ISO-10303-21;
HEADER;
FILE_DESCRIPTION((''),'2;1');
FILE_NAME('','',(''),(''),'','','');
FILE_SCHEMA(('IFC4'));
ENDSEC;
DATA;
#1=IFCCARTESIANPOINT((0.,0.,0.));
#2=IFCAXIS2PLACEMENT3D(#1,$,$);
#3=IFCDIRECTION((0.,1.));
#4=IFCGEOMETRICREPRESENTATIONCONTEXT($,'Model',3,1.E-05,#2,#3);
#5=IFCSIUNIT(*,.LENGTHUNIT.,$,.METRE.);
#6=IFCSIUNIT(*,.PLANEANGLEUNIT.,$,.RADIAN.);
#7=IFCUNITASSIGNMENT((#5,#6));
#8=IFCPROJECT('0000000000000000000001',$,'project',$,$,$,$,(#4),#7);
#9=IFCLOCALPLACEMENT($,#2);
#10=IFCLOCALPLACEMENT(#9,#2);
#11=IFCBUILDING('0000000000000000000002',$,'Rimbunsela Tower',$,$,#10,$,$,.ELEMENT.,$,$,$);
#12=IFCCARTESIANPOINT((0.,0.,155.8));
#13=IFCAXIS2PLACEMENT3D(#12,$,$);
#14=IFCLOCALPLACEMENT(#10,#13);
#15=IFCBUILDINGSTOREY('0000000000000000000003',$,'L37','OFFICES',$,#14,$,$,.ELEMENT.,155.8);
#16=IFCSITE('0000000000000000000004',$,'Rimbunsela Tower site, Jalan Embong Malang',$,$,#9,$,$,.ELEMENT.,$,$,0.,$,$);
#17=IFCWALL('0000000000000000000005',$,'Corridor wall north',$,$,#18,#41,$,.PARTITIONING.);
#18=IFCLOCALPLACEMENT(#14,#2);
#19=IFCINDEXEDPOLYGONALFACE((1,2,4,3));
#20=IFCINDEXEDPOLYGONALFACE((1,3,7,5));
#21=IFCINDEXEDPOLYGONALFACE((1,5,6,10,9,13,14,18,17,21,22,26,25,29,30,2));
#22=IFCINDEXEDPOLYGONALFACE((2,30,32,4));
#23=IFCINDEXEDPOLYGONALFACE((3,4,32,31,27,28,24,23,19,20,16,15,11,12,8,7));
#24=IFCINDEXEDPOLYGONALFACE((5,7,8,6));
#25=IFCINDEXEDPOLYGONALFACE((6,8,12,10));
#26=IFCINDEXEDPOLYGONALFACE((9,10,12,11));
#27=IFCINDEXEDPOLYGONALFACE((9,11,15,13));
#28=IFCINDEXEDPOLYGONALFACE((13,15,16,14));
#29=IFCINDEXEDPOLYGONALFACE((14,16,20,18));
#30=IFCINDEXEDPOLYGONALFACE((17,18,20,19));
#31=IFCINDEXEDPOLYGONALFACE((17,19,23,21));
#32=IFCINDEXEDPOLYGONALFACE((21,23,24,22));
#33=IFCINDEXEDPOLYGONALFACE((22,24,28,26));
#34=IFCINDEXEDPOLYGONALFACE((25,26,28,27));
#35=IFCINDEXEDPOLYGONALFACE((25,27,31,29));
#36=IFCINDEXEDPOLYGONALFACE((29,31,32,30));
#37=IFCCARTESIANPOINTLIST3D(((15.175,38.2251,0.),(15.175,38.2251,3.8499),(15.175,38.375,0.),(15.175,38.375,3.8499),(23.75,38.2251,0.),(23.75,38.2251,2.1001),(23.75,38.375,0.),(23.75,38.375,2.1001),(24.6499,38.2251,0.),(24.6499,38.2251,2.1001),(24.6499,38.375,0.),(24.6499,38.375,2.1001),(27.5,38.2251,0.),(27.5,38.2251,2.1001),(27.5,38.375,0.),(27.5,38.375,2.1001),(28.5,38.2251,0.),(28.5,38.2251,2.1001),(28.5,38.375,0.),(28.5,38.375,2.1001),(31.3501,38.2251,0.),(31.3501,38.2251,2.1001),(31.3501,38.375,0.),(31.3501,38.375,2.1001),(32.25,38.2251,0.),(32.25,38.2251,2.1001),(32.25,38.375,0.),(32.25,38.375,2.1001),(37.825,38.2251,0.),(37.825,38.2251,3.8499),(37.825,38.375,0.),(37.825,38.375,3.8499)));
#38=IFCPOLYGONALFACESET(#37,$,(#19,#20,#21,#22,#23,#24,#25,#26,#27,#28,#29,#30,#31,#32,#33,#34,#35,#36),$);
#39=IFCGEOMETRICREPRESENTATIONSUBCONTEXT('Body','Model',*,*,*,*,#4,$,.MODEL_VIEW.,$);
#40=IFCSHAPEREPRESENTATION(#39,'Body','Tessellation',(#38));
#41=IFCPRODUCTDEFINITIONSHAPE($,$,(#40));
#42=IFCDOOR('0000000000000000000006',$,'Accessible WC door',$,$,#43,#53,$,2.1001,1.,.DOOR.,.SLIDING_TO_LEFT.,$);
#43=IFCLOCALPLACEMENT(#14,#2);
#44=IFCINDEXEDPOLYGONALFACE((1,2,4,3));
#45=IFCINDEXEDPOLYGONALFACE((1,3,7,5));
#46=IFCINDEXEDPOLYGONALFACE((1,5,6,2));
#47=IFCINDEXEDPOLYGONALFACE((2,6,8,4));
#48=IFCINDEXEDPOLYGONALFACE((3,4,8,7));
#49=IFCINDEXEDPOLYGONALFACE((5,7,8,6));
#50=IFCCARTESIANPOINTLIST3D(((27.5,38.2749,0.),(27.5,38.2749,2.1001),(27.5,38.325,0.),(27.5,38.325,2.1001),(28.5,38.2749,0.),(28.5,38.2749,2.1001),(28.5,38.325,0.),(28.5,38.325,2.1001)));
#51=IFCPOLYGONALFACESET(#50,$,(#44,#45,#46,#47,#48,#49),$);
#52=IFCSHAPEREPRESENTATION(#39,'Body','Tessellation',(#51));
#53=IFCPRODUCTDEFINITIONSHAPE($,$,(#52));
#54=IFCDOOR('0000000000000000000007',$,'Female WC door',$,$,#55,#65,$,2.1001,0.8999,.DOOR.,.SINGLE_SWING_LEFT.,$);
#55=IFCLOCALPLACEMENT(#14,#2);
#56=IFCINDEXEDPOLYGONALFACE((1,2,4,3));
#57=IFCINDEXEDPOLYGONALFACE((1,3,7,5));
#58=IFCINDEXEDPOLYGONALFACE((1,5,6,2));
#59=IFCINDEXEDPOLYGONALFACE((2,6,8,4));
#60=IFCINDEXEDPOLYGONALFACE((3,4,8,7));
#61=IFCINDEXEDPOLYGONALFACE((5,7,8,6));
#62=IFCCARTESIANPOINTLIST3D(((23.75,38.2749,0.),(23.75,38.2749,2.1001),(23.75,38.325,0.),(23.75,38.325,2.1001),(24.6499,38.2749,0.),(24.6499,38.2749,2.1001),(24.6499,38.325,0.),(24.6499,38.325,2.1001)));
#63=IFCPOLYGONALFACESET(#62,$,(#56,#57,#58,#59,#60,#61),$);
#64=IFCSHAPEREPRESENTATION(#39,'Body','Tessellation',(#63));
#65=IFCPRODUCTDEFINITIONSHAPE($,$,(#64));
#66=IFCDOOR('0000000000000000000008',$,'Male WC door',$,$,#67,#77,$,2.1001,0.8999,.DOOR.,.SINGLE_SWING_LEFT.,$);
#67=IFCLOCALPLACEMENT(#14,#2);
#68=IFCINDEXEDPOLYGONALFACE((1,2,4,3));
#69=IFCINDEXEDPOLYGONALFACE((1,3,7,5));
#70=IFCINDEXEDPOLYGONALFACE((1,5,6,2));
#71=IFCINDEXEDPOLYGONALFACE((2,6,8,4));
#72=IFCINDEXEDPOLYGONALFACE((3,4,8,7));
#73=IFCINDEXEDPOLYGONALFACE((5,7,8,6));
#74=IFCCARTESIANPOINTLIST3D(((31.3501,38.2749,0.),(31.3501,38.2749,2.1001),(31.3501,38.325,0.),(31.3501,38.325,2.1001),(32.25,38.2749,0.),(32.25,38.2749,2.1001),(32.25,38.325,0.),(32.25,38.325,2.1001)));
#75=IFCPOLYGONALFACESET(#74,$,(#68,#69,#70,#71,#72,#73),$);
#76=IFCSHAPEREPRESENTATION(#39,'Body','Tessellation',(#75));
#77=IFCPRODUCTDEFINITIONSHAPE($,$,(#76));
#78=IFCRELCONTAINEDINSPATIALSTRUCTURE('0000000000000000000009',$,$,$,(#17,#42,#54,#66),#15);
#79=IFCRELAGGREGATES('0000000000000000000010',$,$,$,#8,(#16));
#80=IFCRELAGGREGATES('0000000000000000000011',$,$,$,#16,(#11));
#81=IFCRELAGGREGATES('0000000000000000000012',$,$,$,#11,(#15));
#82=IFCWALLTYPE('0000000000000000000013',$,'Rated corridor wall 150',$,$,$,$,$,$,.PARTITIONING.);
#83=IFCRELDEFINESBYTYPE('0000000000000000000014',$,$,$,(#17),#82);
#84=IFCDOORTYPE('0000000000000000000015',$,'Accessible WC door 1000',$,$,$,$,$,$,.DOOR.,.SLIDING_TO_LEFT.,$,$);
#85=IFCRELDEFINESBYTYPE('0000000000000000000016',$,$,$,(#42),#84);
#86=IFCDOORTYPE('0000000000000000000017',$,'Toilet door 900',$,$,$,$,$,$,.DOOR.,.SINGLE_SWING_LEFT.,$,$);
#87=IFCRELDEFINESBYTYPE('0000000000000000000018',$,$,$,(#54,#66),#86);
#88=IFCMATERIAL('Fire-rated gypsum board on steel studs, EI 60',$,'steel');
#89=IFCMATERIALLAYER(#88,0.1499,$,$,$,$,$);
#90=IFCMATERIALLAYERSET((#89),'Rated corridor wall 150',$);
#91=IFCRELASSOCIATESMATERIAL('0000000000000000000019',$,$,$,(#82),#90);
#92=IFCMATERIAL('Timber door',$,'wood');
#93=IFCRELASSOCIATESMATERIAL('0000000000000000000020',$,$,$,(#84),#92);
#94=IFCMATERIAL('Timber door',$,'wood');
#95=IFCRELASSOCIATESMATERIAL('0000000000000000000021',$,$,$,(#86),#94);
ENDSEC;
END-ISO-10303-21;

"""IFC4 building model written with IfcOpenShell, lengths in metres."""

from ifc_helpers import new_model, si_unit, direction, frame, frame_2d, origin, place, context, subcontext, project, spatial, rectangle, extrude, material, layer, layer_set, type_object, element, fill, save


model = new_model("IFC4")

# Units and contexts
model_context = context("Model", 3, precision=1e-05, world=origin(), true_north=direction((0.0, 1.0)))
body_context = subcontext(model_context, "Body", "Model", "MODEL_VIEW")
ifc_project = project(units=[si_unit("LENGTHUNIT", "METRE"), si_unit("PLANEANGLEUNIT", "RADIAN")], contexts=[model_context])

# Site, building, storey
site_placement = place(None, origin())
site = spatial("IfcSite", under=ifc_project, at=site_placement, Name="Rimbunsela Tower site, Jalan Embong Malang", CompositionType="ELEMENT", RefElevation=0.0)
building_placement = place(site_placement, origin())
building = spatial("IfcBuilding", under=site, at=building_placement, Name="Rimbunsela Tower", CompositionType="ELEMENT")
storey_placement = place(building_placement, frame((0.0, 0.0, 155.8)))
storey = spatial("IfcBuildingStorey", under=building, at=storey_placement, Name="L37", Description="OFFICES", CompositionType="ELEMENT", Elevation=155.8)

# Wall, openings, doors
ifc_material_1 = material(Name="Fire-rated gypsum board on steel studs, EI 60", Category="steel")
ifc_layer_1 = layer(ifc_material_1, 0.1499)
ifc_layer_set_1 = layer_set([ifc_layer_1], Name="Rated corridor wall 150")
wall_type_1 = type_object("IfcWallType", Name="Rated corridor wall 150", PredefinedType="PARTITIONING", material=ifc_layer_set_1)
wall_1_placement = place(storey_placement, frame((15.175, 38.3, 0.0), z_axis=(0.0, 0.0, 1.0), x_axis=(1.0, 0.0, 0.0)))
wall_1 = element("IfcWall", 1, at=wall_1_placement, inside=storey, type_object=wall_type_1, Name="Corridor wall north", PredefinedType="PARTITIONING", context=body_context, shape_type="SweptSolid", body=[
    extrude(rectangle(XDim=22.6499, YDim=0.1499, at=frame_2d((11.325, 0.0))), origin(), (0.0, 0.0, 1.0), 3.8499),
])
opening_1_placement = place(wall_1_placement, frame((8.575, 0.0, 0.0)))
opening_1 = element("IfcOpeningElement", 2, at=opening_1_placement, cuts=wall_1, PredefinedType="OPENING", context=body_context, shape_type="SweptSolid", body=[
    extrude(rectangle(XDim=0.8999, YDim=2.1001, at=frame_2d((0.45, 1.05))), frame((0.0, 0.085, 0.0), z_axis=(0.0, -1.0, 0.0), x_axis=(1.0, 0.0, 0.0)), (0.0, 0.0, 1.0), 0.1699),
])
opening_2_placement = place(wall_1_placement, frame((12.325, 0.0, 0.0)))
opening_2 = element("IfcOpeningElement", 3, at=opening_2_placement, cuts=wall_1, PredefinedType="OPENING", context=body_context, shape_type="SweptSolid", body=[
    extrude(rectangle(XDim=1.0, YDim=2.1001, at=frame_2d((0.5, 1.05))), frame((0.0, 0.085, 0.0), z_axis=(0.0, -1.0, 0.0), x_axis=(1.0, 0.0, 0.0)), (0.0, 0.0, 1.0), 0.1699),
])
opening_3_placement = place(wall_1_placement, frame((16.175, 0.0, 0.0)))
opening_3 = element("IfcOpeningElement", 4, at=opening_3_placement, cuts=wall_1, PredefinedType="OPENING", context=body_context, shape_type="SweptSolid", body=[
    extrude(rectangle(XDim=0.8999, YDim=2.1001, at=frame_2d((0.45, 1.05))), frame((0.0, 0.085, 0.0), z_axis=(0.0, -1.0, 0.0), x_axis=(1.0, 0.0, 0.0)), (0.0, 0.0, 1.0), 0.1699),
])
ifc_material_2 = material(Name="Timber door", Category="wood")
door_type_1 = type_object("IfcDoorType", Name="Accessible WC door 1000", OperationType="SLIDING_TO_LEFT", PredefinedType="DOOR", material=ifc_material_2)
door_1_placement = place(opening_2_placement, origin())
door_1 = element("IfcDoor", 5, at=door_1_placement, inside=storey, type_object=door_type_1, Name="Accessible WC door", OperationType="SLIDING_TO_LEFT", OverallHeight=2.1001, OverallWidth=1.0, PredefinedType="DOOR", context=body_context, shape_type="SweptSolid", body=[
    extrude(rectangle(XDim=1.0, YDim=2.1001, at=frame_2d((0.5, 1.05))), frame((0.0, 0.0249, 0.0), z_axis=(0.0, -1.0, 0.0), x_axis=(1.0, 0.0, 0.0)), (0.0, 0.0, 1.0), 0.05),
])
fill(opening_2, door_1)
ifc_material_3 = material(Name="Timber door", Category="wood")
door_type_2 = type_object("IfcDoorType", Name="Toilet door 900", OperationType="SINGLE_SWING_LEFT", PredefinedType="DOOR", material=ifc_material_3)
door_2_placement = place(opening_1_placement, origin())
door_2 = element("IfcDoor", 6, at=door_2_placement, inside=storey, type_object=door_type_2, Name="Female WC door", OperationType="SINGLE_SWING_LEFT", OverallHeight=2.1001, OverallWidth=0.8999, PredefinedType="DOOR", context=body_context, shape_type="SweptSolid", body=[
    extrude(rectangle(XDim=0.8999, YDim=2.1001, at=frame_2d((0.45, 1.05))), frame((0.0, 0.0249, 0.0), z_axis=(0.0, -1.0, 0.0), x_axis=(1.0, 0.0, 0.0)), (0.0, 0.0, 1.0), 0.05),
])
fill(opening_1, door_2)
door_3_placement = place(opening_3_placement, origin())
door_3 = element("IfcDoor", 7, at=door_3_placement, inside=storey, type_object=door_type_2, Name="Male WC door", OperationType="SINGLE_SWING_LEFT", OverallHeight=2.1001, OverallWidth=0.8999, PredefinedType="DOOR", context=body_context, shape_type="SweptSolid", body=[
    extrude(rectangle(XDim=0.8999, YDim=2.1001, at=frame_2d((0.45, 1.05))), frame((0.0, 0.0249, 0.0), z_axis=(0.0, -1.0, 0.0), x_axis=(1.0, 0.0, 0.0)), (0.0, 0.0, 1.0), 0.05),
])
fill(opening_3, door_3)

save(model, "model.ifc")
